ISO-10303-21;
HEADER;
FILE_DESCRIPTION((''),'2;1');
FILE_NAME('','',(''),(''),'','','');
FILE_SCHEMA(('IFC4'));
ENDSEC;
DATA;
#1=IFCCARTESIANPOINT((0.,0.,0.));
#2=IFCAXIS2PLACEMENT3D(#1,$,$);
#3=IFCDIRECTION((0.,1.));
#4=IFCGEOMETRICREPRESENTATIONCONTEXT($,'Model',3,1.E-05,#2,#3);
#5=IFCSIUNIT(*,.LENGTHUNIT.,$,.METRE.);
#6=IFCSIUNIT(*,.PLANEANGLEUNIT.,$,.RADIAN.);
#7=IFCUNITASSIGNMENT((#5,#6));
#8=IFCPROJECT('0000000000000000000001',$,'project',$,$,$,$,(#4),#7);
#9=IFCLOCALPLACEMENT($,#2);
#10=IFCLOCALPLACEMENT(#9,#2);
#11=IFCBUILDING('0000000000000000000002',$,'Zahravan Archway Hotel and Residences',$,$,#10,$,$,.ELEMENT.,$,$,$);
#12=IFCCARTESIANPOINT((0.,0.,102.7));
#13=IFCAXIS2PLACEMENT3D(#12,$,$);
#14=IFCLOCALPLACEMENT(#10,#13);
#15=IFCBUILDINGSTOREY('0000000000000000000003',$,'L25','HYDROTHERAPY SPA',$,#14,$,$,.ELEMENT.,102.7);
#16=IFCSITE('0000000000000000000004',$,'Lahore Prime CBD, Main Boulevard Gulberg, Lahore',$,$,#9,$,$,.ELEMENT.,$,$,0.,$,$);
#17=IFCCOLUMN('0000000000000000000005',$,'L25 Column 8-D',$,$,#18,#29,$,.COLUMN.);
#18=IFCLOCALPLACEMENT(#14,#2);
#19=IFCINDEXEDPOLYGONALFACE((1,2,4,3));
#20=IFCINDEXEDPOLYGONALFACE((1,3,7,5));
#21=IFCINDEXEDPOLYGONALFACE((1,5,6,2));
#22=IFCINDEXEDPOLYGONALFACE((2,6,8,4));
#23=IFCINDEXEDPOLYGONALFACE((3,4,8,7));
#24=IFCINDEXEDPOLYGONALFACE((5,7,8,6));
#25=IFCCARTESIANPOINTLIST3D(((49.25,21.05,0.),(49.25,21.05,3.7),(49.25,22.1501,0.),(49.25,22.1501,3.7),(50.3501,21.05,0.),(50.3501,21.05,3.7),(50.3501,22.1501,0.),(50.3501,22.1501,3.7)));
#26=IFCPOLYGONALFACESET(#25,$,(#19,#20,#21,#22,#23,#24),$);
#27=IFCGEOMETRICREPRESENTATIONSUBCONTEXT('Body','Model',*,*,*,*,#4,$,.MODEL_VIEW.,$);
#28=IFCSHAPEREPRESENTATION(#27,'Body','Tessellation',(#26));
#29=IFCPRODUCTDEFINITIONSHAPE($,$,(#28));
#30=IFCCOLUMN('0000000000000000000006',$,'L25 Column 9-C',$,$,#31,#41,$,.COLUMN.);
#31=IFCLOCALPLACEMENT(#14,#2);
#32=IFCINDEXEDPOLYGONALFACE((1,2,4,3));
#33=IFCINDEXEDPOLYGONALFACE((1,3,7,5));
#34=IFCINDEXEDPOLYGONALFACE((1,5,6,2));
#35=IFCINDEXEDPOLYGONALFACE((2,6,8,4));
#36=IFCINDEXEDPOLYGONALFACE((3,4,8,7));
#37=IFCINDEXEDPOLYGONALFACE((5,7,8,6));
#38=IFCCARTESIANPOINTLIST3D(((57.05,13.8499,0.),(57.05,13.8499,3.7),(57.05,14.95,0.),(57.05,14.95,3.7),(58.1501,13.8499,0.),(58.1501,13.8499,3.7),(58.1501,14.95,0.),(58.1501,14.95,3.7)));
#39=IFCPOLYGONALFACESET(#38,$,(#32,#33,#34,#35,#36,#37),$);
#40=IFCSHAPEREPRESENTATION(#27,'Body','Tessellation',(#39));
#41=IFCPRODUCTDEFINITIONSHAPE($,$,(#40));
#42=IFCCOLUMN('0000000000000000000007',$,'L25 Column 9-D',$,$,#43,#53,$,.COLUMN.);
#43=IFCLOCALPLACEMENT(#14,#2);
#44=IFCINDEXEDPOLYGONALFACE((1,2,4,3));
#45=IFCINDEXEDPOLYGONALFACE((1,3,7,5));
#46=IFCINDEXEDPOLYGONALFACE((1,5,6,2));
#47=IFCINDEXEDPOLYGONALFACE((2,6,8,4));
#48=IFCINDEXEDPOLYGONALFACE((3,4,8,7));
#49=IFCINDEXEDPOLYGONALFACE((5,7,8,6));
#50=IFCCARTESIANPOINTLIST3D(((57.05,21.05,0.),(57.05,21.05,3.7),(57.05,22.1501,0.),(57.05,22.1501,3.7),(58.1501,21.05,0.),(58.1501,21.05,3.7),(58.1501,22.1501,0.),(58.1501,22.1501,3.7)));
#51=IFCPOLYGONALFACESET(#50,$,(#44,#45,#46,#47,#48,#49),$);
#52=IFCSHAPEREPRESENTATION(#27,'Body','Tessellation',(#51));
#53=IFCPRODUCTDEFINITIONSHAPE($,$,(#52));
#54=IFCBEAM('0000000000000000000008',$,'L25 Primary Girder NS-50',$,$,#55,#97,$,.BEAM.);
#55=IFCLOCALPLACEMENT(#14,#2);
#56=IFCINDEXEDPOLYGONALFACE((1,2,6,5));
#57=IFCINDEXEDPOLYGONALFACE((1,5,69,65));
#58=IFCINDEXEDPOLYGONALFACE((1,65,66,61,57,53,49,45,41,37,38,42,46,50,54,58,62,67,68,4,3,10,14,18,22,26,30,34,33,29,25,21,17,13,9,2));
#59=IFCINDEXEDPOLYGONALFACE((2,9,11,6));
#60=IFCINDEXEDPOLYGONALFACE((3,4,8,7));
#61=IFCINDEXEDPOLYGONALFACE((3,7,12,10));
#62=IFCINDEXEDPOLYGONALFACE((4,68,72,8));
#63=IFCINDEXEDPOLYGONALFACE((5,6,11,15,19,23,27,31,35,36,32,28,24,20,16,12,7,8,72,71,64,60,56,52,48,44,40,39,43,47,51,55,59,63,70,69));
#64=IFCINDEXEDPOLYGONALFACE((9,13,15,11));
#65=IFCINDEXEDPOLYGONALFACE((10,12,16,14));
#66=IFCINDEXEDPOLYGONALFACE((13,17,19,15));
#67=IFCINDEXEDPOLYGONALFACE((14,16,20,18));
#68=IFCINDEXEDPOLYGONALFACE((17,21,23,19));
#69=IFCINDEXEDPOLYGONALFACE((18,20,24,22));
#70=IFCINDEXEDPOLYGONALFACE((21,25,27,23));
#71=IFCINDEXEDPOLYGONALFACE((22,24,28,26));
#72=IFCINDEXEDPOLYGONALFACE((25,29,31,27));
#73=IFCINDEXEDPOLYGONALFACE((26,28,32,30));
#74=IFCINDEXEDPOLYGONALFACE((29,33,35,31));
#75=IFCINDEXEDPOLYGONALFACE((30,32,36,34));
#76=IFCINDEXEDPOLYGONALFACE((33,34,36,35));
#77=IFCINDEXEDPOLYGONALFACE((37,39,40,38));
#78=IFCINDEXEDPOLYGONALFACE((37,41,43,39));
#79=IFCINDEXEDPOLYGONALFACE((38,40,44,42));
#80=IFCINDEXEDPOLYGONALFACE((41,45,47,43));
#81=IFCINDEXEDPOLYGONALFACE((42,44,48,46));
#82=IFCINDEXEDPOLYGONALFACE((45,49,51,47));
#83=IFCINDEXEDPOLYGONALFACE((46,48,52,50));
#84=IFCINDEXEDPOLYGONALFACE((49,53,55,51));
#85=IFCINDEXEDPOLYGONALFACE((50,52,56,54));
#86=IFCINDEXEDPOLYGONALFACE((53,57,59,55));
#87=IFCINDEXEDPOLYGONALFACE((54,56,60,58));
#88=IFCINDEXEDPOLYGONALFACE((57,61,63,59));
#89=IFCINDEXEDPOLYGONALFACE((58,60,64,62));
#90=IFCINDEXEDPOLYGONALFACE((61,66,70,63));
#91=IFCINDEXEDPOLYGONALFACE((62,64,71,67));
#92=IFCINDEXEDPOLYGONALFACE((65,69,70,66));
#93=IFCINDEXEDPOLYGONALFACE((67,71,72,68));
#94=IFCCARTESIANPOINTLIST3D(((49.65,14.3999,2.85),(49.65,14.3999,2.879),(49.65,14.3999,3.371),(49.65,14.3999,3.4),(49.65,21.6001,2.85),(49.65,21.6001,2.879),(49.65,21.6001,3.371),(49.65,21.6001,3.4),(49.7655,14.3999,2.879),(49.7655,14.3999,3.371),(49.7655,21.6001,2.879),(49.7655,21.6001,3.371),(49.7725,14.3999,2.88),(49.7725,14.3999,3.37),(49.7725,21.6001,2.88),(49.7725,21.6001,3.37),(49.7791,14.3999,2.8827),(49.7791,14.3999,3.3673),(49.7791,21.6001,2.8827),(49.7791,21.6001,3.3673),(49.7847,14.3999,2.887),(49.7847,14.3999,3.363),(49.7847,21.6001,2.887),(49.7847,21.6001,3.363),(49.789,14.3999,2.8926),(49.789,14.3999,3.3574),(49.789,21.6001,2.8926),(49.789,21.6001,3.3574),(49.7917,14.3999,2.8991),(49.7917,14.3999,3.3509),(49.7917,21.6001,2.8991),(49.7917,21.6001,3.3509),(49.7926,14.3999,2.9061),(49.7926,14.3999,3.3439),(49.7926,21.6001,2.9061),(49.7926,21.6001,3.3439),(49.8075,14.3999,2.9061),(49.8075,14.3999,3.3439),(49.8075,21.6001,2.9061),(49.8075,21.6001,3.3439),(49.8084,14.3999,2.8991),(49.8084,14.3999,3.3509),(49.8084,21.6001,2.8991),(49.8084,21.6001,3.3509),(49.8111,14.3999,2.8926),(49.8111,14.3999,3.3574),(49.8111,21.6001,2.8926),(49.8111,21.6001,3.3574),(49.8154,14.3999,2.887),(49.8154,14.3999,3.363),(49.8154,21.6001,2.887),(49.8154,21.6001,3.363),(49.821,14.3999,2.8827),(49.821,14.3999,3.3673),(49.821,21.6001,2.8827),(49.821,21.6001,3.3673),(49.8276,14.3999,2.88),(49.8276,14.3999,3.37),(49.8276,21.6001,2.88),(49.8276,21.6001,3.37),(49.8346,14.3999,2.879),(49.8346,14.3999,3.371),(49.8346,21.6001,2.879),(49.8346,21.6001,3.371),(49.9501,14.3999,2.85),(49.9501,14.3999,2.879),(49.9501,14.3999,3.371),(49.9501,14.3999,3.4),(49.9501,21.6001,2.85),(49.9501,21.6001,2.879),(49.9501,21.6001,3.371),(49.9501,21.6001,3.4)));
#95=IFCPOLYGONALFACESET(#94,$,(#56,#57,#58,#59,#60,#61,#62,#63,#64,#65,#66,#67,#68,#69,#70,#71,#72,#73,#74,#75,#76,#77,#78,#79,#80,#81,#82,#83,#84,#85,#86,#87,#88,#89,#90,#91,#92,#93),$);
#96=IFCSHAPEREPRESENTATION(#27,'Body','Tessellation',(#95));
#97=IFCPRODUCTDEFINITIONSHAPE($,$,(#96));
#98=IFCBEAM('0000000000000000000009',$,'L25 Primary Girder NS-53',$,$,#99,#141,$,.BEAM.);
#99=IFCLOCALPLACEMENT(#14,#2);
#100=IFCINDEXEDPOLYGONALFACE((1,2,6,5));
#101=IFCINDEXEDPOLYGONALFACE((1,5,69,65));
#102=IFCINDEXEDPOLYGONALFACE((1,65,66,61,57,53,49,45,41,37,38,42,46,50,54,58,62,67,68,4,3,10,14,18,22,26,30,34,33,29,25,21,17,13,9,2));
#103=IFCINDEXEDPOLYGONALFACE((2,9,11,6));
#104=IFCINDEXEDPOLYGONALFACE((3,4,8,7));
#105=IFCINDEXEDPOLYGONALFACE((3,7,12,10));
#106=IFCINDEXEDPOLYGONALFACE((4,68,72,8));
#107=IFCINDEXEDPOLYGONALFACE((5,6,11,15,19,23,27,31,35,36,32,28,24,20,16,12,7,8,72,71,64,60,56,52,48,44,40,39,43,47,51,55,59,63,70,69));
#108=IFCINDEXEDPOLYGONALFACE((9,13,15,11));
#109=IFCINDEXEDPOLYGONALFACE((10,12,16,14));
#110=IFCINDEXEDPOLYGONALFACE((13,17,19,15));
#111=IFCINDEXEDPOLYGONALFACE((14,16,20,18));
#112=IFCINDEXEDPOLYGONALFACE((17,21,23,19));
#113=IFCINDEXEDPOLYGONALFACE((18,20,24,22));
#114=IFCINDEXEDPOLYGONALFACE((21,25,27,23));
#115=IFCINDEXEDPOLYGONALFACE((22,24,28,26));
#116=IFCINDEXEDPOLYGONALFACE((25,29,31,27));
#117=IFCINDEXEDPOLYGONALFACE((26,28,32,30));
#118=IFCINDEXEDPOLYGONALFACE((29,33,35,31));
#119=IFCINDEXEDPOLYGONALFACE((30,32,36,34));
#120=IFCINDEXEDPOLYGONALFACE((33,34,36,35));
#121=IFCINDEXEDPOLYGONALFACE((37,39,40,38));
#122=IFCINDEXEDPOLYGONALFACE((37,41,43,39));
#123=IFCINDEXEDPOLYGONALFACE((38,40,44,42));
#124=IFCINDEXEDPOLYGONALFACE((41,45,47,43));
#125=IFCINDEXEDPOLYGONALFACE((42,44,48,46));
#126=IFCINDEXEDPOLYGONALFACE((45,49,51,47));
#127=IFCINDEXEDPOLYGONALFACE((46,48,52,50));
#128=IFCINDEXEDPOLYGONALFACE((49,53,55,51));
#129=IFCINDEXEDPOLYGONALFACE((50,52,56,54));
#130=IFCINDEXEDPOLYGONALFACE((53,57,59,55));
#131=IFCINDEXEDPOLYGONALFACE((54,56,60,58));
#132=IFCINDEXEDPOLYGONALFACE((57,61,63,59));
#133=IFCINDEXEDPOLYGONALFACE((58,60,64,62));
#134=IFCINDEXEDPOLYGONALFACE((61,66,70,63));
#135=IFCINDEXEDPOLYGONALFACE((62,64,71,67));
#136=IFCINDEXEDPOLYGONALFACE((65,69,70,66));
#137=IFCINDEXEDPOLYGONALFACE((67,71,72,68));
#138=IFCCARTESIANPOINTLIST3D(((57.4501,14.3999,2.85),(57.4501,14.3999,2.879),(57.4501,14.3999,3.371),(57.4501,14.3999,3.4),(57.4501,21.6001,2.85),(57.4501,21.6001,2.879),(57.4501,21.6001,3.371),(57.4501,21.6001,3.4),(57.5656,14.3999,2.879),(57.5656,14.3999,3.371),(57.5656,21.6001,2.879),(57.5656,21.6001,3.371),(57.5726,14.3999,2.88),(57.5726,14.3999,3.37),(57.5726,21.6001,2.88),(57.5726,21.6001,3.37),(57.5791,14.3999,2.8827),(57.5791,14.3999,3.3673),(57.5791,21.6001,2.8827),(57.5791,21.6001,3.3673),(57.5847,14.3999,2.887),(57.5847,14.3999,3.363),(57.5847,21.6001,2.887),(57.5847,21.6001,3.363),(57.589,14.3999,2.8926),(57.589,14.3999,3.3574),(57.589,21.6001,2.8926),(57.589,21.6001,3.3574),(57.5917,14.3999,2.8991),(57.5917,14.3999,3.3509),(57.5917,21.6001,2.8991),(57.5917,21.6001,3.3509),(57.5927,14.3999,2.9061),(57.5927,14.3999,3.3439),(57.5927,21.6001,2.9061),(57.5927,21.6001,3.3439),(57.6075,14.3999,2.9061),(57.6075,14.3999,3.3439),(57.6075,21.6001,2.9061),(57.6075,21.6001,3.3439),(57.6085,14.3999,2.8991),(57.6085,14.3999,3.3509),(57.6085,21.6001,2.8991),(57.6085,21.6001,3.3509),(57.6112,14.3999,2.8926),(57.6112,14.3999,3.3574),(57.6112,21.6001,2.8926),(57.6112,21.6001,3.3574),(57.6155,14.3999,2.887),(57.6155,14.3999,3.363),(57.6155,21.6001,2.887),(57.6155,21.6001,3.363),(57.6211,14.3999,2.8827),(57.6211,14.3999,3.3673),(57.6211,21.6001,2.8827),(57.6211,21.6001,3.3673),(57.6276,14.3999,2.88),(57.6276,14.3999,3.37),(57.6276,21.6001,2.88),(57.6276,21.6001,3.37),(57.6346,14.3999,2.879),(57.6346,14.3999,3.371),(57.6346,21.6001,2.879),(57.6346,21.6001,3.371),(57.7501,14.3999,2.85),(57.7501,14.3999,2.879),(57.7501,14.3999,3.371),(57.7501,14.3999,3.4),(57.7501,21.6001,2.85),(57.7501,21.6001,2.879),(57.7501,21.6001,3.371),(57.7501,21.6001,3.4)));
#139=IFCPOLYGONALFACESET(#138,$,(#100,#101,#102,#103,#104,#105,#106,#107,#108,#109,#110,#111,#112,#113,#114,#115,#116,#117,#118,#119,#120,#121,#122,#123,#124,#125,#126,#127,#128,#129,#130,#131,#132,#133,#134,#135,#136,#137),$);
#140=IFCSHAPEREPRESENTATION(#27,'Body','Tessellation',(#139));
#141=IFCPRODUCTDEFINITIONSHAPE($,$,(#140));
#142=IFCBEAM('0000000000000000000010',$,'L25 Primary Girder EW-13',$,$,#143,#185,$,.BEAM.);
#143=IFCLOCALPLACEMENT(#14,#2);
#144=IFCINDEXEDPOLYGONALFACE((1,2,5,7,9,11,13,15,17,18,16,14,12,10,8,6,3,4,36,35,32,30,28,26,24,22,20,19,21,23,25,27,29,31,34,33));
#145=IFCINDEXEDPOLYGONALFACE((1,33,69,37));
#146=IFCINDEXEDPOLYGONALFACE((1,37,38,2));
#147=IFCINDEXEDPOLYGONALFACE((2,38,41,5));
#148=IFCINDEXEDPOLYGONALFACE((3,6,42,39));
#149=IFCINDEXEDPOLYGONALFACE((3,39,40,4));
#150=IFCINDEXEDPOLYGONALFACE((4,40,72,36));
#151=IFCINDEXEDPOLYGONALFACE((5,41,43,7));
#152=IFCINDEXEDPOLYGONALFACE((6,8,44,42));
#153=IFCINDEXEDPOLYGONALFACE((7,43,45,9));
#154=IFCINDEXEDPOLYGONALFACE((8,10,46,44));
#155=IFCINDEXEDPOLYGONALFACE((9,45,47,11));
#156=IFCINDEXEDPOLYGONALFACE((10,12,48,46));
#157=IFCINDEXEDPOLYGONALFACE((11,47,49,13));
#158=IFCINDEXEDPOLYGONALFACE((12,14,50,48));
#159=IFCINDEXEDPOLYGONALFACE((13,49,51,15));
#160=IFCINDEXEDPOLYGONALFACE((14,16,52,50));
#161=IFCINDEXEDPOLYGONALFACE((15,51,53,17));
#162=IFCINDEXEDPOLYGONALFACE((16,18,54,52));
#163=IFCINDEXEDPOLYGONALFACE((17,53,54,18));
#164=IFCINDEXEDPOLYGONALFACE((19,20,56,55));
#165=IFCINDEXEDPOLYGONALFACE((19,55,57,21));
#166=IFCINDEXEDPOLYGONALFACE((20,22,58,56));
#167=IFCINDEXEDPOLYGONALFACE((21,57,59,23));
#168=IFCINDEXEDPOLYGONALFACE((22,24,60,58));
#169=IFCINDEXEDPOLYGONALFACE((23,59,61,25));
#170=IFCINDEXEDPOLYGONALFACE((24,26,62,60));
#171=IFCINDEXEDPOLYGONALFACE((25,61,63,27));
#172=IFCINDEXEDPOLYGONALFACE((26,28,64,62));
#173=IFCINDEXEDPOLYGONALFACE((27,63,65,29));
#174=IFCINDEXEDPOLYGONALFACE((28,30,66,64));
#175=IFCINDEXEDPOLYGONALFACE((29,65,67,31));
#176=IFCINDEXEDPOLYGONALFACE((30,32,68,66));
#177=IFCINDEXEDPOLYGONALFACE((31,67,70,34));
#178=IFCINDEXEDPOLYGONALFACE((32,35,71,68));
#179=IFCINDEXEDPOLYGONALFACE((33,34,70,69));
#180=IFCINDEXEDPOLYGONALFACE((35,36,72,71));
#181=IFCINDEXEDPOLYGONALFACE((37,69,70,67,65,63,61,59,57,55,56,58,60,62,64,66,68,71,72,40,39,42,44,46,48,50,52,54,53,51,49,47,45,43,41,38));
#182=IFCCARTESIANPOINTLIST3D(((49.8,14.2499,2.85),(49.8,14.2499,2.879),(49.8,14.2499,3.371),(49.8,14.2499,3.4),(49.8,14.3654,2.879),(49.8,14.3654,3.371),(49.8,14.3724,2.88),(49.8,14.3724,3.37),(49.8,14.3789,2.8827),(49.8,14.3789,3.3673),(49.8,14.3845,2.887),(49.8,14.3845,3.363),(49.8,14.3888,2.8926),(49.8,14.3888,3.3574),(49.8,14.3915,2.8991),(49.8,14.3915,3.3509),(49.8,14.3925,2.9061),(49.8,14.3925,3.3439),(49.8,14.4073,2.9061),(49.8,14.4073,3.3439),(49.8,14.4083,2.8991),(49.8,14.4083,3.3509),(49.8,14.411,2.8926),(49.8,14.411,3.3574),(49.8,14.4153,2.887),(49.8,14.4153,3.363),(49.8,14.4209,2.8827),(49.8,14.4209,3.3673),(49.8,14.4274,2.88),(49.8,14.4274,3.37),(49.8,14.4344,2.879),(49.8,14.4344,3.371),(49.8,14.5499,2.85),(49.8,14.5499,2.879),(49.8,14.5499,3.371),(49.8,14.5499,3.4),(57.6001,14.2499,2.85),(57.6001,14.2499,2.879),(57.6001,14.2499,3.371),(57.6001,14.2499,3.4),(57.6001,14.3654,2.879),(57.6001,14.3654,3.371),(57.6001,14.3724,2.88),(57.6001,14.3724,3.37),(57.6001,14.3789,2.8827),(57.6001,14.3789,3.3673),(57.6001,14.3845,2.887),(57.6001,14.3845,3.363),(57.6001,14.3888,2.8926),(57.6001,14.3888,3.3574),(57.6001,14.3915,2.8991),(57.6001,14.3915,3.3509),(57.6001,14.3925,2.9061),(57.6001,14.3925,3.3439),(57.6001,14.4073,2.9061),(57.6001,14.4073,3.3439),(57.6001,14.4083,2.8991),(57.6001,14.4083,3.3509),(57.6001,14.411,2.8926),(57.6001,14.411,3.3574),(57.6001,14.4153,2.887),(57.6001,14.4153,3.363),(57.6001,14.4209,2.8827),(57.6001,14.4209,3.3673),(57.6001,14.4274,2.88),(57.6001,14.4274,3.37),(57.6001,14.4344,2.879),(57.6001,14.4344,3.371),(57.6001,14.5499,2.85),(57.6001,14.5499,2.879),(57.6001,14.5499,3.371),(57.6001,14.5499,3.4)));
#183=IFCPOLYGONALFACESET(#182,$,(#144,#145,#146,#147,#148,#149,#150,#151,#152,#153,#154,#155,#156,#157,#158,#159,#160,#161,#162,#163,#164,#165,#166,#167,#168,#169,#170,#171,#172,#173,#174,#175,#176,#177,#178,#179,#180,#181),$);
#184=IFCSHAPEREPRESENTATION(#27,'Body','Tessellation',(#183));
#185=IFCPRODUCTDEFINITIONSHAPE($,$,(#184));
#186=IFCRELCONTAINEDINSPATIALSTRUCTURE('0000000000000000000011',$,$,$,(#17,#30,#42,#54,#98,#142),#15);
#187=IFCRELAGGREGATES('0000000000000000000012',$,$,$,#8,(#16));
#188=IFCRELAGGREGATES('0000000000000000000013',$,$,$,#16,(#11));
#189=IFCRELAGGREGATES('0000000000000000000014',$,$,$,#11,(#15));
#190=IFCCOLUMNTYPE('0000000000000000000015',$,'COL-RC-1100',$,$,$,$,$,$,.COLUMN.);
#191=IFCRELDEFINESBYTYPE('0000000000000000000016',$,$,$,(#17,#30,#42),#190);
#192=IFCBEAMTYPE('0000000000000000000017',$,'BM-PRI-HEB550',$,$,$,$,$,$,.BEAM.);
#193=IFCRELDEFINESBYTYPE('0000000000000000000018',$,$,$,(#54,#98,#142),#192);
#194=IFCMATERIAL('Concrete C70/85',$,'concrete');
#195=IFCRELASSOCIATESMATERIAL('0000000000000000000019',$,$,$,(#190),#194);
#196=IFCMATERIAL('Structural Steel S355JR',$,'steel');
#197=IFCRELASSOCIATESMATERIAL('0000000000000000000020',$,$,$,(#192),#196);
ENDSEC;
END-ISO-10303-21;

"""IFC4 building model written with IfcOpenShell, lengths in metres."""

from ifc_helpers import new_model, si_unit, direction, frame, origin, origin_2d, place, context, subcontext, project, spatial, rectangle, i_section, extrude, source, transform, mapped, material, material_profile, profile_set, type_object, type_shapes, element, save


model = new_model("IFC4")

# Units and contexts
model_context = context("Model", 3, precision=1e-05, world=origin(), true_north=direction((0.0, 1.0)))
body_context = subcontext(model_context, "Body", "Model", "MODEL_VIEW")
ifc_project = project(units=[si_unit("LENGTHUNIT", "METRE"), si_unit("PLANEANGLEUNIT", "RADIAN")], contexts=[model_context])

# Site, building, storey
site_placement = place(None, origin())
site = spatial("IfcSite", under=ifc_project, at=site_placement, Name="Lahore Prime CBD, Main Boulevard Gulberg, Lahore", CompositionType="ELEMENT", RefElevation=0.0)
building_placement = place(site_placement, origin())
building = spatial("IfcBuilding", under=site, at=building_placement, Name="Zahravan Archway Hotel and Residences", CompositionType="ELEMENT")
storey_placement = place(building_placement, frame((0.0, 0.0, 102.7)))
storey = spatial("IfcBuildingStorey", under=building, at=storey_placement, Name="L25", Description="HYDROTHERAPY SPA", CompositionType="ELEMENT", Elevation=102.7)

# Columns
ifc_material_1 = material(Name="Concrete C70/85", Category="concrete")
ifc_material_profile_1 = material_profile(ifc_material_1, rectangle(XDim=1.1001, YDim=1.1001, at=origin_2d()), Name="RC 1100x1100", Category="concrete")
ifc_profile_set_1 = profile_set([ifc_material_profile_1], Name="Concrete C70/85")
column_type = type_object("IfcColumnType", Name="COL-RC-1100", PredefinedType="COLUMN", material=ifc_profile_set_1)
shared_shape_1 = source(origin(), body_context, "Body", "SweptSolid", [
    extrude(rectangle(XDim=1.1001, YDim=1.1001, at=origin_2d()), origin(), (0.0, 0.0, 1.0), 3.7),
])
for number, where, z_axis, x_axis, name in (
    (1, (49.8, 21.6001, 0.0), (0.0, 0.0, 1.0), (1.0, 0.0, 0.0), "L25 Column 8-D"),
    (2, (57.6001, 14.3999, 0.0), (0.0, 0.0, 1.0), (1.0, 0.0, 0.0), "L25 Column 9-C"),
    (3, (57.6001, 21.6001, 0.0), (0.0, 0.0, 1.0), (1.0, 0.0, 0.0), "L25 Column 9-D"),
):
    element("IfcColumn", number, at=place(storey_placement, frame(where, z_axis=z_axis, x_axis=x_axis)), inside=storey, type_object=column_type, Name=name, PredefinedType="COLUMN", context=body_context, shape_type="MappedRepresentation", body=[
        mapped(shared_shape_1, transform((0.0, 0.0, 0.0), scale=1.0)),
    ])

# Beams
ifc_material_2 = material(Name="Structural Steel S355JR", Category="steel")
ifc_material_profile_2 = material_profile(ifc_material_2, i_section(OverallWidth=0.3, OverallDepth=0.55, WebThickness=0.0149, FlangeThickness=0.0291, FilletRadius=0.0271, at=origin_2d()), Name="HEB 550", Category="steel")
ifc_profile_set_2 = profile_set([ifc_material_profile_2], Name="Structural Steel S355JR")
beam_type_1 = type_object("IfcBeamType", Name="BM-PRI-HEB550", PredefinedType="BEAM", material=ifc_profile_set_2)
shared_shape_2 = source(origin(), body_context, "Body", "SweptSolid", [
    extrude(i_section(OverallWidth=0.3, OverallDepth=0.55, WebThickness=0.0149, FlangeThickness=0.0291, FilletRadius=0.0271, at=origin_2d()), origin(), (0.0, 0.0, 1.0), 7.2002),
])
type_shapes(beam_type_1, [shared_shape_2])
for number, where, z_axis, x_axis, name in (
    (4, (49.8, 14.3999, 3.125), (0.0, 1.0, 0.0), (-1.0, 0.0, 0.0), "L25 Primary Girder NS-50"),
    (5, (57.6001, 14.3999, 3.125), (0.0, 1.0, 0.0), (-1.0, 0.0, 0.0), "L25 Primary Girder NS-53"),
):
    element("IfcBeam", number, at=place(storey_placement, frame(where, z_axis=z_axis, x_axis=x_axis)), inside=storey, type_object=beam_type_1, Name=name, PredefinedType="BEAM", context=body_context, shape_type="MappedRepresentation", body=[
        mapped(shared_shape_2, transform((0.0, 0.0, 0.0), scale=1.0)),
    ])
shared_shape_3 = source(origin(), body_context, "Body", "SweptSolid", [
    extrude(i_section(OverallWidth=0.3, OverallDepth=0.55, WebThickness=0.0149, FlangeThickness=0.0291, FilletRadius=0.0271, at=origin_2d()), origin(), (0.0, 0.0, 1.0), 7.8),
])
for number, where, z_axis, x_axis, name in (
    (6, (49.8, 14.3999, 3.125), (1.0, 0.0, 0.0), (0.0, 1.0, 0.0), "L25 Primary Girder EW-13"),
):
    element("IfcBeam", number, at=place(storey_placement, frame(where, z_axis=z_axis, x_axis=x_axis)), inside=storey, type_object=beam_type_1, Name=name, PredefinedType="BEAM", context=body_context, shape_type="MappedRepresentation", body=[
        mapped(shared_shape_3, transform((0.0, 0.0, 0.0), scale=1.0)),
    ])

save(model, "model.ifc")
